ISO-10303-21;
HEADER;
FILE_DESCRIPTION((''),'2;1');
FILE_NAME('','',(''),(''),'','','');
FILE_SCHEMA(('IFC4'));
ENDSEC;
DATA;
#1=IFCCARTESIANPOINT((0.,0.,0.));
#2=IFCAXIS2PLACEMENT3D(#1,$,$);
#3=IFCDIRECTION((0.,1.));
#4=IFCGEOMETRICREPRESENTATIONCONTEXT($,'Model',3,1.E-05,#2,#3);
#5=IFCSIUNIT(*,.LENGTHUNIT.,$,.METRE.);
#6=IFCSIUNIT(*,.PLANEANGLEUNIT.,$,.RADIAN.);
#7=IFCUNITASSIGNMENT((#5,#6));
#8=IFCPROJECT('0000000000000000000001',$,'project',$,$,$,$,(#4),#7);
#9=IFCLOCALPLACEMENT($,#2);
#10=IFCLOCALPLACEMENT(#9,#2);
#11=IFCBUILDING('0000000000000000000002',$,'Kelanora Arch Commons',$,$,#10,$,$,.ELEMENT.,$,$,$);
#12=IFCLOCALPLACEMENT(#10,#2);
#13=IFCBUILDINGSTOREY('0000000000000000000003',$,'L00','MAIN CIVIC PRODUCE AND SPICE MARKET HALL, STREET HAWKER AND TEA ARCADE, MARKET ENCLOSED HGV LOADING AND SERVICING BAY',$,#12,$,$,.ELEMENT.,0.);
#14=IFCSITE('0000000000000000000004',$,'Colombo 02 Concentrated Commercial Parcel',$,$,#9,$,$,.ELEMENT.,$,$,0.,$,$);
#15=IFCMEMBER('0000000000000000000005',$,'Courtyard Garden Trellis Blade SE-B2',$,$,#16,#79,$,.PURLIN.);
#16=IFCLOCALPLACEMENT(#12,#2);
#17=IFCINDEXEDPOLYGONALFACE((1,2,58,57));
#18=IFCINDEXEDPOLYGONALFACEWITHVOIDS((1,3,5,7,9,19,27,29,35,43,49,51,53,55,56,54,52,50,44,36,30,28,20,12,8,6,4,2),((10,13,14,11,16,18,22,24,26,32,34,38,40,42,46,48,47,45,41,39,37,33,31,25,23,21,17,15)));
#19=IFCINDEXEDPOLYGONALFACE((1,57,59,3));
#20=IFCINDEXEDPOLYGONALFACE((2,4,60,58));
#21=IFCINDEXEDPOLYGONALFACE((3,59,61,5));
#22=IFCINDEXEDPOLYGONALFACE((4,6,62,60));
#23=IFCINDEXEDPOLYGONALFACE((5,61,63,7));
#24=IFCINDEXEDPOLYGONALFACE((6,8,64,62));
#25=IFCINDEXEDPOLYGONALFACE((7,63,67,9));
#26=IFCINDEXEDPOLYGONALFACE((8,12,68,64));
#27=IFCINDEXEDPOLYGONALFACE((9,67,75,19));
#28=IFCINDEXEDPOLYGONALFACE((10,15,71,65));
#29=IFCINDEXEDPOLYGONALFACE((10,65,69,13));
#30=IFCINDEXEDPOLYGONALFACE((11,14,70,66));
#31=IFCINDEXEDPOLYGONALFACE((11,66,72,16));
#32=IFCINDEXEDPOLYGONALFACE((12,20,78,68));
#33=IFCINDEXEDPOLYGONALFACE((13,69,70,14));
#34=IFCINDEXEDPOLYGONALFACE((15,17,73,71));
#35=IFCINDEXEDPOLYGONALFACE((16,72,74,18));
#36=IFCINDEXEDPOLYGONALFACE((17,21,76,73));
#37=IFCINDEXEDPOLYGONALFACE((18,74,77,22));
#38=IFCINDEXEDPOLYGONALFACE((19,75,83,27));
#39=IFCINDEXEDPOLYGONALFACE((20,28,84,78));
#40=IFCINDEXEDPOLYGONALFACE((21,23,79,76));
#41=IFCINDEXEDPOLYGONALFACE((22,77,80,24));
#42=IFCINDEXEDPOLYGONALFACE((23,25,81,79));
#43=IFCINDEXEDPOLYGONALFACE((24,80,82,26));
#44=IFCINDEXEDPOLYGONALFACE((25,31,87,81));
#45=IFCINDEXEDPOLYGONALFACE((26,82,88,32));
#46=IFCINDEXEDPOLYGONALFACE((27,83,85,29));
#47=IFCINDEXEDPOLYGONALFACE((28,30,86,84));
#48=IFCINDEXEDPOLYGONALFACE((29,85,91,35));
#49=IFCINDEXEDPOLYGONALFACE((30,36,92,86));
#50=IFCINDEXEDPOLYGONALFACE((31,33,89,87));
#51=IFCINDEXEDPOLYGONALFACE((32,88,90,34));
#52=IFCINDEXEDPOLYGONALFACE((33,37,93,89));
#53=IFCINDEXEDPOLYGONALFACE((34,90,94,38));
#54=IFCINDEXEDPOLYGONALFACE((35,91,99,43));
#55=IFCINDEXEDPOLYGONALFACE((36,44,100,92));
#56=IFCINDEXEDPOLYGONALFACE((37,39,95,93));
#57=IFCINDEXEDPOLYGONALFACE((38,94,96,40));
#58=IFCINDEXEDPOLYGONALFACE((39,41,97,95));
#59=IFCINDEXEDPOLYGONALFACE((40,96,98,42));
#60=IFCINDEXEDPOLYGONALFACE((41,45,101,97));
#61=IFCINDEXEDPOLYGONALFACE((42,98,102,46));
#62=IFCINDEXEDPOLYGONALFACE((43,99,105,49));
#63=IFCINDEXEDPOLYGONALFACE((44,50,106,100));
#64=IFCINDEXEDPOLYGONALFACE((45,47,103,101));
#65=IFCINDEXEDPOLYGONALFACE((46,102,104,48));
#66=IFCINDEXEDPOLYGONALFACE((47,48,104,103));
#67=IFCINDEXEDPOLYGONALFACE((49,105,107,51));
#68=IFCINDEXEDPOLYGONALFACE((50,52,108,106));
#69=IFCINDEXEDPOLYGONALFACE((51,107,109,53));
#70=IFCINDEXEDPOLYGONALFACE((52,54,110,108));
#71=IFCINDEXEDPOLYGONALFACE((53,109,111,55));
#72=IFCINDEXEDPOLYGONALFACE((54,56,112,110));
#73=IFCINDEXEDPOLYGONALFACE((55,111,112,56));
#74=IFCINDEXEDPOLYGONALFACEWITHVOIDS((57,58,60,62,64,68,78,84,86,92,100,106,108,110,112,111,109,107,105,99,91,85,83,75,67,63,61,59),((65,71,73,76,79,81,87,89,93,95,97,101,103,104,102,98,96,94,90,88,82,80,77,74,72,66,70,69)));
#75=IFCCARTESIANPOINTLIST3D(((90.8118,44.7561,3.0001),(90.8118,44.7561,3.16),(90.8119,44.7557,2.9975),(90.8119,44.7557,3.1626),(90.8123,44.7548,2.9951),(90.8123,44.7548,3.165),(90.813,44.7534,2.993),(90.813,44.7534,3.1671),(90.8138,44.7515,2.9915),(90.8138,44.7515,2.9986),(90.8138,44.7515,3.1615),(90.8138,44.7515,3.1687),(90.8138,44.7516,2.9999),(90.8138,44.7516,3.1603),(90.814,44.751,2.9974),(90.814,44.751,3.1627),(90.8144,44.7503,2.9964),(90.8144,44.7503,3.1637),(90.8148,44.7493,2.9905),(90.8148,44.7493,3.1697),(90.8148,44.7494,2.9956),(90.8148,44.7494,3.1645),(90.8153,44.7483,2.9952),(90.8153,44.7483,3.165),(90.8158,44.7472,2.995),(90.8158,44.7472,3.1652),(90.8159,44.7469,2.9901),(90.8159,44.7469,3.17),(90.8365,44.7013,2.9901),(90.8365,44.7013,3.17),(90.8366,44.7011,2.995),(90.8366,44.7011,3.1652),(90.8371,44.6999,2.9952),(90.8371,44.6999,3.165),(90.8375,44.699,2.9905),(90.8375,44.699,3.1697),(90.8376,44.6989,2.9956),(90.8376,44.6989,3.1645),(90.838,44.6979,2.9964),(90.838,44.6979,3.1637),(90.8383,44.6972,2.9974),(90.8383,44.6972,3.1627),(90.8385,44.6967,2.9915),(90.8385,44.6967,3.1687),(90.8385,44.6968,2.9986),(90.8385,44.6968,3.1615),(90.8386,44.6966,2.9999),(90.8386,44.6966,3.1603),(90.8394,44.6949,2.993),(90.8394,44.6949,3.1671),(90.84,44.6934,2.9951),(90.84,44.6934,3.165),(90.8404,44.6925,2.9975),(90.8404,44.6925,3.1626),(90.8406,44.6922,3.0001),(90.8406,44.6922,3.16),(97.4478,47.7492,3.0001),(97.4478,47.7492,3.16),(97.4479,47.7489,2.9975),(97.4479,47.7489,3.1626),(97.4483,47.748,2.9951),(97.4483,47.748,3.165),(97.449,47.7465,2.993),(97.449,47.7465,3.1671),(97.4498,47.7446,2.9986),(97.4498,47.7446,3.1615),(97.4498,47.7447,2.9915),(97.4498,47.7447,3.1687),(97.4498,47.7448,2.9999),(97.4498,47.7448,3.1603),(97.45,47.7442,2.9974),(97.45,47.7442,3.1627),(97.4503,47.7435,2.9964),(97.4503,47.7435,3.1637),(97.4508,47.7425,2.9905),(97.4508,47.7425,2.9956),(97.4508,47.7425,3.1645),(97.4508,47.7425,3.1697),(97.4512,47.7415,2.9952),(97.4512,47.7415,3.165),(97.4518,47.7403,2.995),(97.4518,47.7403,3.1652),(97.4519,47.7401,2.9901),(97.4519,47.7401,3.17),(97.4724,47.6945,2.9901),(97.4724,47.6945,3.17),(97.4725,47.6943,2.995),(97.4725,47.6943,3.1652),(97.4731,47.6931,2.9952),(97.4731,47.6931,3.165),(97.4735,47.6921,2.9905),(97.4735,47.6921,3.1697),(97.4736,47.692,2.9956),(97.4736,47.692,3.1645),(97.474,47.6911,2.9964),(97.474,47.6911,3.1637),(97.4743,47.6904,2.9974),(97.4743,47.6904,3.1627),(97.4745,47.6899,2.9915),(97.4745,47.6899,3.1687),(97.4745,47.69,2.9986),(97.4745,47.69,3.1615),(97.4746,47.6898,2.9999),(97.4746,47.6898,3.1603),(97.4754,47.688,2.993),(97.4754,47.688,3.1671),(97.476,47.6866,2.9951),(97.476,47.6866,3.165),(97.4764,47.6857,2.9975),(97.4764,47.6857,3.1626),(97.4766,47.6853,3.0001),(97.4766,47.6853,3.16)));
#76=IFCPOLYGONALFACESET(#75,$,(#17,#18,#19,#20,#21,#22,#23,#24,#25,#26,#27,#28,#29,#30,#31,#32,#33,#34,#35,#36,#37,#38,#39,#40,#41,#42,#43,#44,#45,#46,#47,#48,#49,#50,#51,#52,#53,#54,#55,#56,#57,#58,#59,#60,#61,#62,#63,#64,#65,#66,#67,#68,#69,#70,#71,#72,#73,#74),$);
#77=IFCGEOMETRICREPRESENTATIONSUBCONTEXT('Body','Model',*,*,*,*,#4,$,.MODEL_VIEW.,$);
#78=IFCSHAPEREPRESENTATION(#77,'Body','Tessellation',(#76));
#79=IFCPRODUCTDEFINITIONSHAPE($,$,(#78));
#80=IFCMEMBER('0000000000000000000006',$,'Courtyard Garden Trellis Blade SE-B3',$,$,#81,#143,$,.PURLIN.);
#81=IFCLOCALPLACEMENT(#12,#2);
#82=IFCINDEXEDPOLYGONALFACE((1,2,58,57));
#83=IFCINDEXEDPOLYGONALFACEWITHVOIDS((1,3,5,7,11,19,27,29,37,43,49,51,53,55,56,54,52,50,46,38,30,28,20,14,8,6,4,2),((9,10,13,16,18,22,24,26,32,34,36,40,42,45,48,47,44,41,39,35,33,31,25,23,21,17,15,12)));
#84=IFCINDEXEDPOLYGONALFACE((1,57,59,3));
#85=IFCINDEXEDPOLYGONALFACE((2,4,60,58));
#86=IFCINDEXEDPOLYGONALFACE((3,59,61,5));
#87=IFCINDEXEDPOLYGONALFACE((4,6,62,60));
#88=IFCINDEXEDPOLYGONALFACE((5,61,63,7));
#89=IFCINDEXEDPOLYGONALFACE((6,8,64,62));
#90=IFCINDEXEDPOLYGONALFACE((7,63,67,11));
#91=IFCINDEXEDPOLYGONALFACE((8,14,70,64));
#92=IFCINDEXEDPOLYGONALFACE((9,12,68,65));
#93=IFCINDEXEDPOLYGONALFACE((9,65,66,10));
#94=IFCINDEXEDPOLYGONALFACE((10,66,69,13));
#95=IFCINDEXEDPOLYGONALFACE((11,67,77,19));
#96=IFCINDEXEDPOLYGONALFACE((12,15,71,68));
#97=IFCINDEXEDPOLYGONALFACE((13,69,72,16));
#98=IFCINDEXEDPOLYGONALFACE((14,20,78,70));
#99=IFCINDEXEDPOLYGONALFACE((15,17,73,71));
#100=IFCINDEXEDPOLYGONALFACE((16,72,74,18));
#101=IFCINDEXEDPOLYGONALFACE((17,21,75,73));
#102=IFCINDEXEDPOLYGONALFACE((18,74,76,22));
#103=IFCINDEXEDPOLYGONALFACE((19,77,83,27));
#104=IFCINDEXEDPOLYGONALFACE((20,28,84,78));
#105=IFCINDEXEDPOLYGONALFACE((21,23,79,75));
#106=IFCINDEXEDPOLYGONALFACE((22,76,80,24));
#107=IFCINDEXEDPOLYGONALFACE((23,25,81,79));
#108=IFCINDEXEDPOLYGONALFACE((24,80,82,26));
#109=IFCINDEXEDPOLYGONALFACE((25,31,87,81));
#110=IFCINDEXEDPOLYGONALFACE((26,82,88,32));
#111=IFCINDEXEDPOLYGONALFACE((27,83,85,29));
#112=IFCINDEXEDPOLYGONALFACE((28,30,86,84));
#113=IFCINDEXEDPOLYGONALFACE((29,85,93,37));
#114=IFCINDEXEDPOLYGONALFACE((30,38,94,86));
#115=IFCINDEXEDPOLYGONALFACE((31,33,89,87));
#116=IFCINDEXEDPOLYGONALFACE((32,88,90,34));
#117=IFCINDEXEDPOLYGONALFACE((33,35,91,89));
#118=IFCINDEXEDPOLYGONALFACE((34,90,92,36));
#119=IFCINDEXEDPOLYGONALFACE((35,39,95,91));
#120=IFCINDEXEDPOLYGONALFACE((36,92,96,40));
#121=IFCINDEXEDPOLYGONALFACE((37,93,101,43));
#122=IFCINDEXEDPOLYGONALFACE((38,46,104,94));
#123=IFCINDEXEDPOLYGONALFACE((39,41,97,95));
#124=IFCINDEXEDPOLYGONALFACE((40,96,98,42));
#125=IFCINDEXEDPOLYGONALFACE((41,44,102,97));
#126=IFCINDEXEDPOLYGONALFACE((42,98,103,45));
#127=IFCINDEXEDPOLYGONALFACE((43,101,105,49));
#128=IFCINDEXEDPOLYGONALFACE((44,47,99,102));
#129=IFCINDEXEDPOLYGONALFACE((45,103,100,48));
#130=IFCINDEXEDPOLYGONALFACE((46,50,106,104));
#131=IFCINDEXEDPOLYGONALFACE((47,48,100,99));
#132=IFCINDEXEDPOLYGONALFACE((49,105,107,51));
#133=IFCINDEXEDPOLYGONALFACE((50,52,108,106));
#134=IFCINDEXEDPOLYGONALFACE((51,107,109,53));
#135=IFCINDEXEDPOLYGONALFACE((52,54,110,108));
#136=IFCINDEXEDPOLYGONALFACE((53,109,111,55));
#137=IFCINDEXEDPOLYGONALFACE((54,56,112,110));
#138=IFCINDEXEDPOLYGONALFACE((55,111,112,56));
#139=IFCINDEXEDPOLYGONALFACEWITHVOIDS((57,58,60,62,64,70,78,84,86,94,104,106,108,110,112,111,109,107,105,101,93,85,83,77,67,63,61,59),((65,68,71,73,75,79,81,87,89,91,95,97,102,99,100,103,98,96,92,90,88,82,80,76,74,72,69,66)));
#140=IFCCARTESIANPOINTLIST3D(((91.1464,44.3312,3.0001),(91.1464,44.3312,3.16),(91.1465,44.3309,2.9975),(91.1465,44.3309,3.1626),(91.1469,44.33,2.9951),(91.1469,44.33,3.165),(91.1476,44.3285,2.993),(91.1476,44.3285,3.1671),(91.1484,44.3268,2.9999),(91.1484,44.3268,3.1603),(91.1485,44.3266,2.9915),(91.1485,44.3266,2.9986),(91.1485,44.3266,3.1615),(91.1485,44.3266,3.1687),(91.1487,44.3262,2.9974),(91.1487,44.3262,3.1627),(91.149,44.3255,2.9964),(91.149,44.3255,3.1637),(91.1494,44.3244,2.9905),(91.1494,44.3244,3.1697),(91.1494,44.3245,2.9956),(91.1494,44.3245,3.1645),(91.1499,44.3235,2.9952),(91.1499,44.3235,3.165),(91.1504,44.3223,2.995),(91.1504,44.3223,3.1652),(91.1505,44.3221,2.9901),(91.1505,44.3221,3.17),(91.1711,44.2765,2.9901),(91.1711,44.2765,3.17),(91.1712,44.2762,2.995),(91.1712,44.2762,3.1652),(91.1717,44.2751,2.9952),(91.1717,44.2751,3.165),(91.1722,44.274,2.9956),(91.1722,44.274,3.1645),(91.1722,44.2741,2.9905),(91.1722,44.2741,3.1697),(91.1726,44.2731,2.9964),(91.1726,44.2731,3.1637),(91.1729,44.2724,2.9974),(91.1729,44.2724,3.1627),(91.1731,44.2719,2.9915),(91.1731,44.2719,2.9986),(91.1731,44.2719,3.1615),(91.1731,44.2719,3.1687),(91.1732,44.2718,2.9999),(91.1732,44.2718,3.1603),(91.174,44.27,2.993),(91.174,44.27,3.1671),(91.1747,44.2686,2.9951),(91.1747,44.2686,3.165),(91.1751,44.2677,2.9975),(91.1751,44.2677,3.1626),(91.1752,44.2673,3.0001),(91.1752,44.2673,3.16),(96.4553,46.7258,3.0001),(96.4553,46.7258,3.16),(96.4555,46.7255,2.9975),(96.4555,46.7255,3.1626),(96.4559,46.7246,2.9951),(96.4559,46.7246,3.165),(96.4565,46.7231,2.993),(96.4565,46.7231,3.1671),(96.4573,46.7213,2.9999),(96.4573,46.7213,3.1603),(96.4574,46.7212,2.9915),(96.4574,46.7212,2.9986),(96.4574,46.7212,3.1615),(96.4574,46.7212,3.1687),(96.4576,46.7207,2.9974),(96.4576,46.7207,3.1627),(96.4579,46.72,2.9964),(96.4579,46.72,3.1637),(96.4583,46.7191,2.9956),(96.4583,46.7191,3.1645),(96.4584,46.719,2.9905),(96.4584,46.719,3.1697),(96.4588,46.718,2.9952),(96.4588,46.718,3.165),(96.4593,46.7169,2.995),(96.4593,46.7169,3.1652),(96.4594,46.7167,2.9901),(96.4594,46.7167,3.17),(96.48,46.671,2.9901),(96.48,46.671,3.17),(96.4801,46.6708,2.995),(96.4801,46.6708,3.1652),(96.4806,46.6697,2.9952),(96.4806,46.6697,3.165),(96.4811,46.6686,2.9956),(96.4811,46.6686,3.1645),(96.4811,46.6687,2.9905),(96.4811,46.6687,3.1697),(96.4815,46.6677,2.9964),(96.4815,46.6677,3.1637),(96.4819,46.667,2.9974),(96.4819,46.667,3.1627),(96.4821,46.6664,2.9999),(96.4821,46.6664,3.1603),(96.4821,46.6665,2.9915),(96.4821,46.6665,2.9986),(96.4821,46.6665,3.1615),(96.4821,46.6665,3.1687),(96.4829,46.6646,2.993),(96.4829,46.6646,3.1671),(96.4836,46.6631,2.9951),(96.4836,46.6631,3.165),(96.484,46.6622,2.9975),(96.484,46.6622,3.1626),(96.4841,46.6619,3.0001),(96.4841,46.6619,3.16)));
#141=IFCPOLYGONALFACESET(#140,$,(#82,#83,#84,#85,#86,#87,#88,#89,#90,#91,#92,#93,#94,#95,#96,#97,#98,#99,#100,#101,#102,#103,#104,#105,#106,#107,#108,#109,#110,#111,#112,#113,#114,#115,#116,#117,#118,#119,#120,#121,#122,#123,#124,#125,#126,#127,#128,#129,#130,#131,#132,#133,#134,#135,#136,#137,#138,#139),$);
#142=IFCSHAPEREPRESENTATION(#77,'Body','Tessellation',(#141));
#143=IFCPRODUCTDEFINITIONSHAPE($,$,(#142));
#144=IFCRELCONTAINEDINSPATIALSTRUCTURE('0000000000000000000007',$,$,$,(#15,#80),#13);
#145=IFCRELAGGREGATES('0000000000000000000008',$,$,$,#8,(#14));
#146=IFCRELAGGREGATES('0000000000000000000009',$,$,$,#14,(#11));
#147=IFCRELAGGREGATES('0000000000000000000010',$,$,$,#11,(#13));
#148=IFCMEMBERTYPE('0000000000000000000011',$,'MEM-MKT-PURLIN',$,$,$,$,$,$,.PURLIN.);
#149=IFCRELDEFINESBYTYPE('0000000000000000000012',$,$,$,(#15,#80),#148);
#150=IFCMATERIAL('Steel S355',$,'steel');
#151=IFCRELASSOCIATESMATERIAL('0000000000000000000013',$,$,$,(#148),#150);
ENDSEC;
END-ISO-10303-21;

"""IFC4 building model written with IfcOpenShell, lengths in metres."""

from ifc_helpers import new_model, si_unit, direction, frame, origin, origin_2d, place, context, subcontext, project, spatial, hollow_rectangle, extrude, material, material_profile, profile_set, type_object, element, save


model = new_model("IFC4")

# Units and contexts
model_context = context("Model", 3, precision=1e-05, world=origin(), true_north=direction((0.0, 1.0)))
body_context = subcontext(model_context, "Body", "Model", "MODEL_VIEW")
ifc_project = project(units=[si_unit("LENGTHUNIT", "METRE"), si_unit("PLANEANGLEUNIT", "RADIAN")], contexts=[model_context])

# Site, building, storey
site_placement = place(None, origin())
site = spatial("IfcSite", under=ifc_project, at=site_placement, Name="Colombo 02 Concentrated Commercial Parcel", CompositionType="ELEMENT", RefElevation=0.0)
building_placement = place(site_placement, origin())
building = spatial("IfcBuilding", under=site, at=building_placement, Name="Kelanora Arch Commons", CompositionType="ELEMENT")
storey_placement = place(building_placement, origin())
storey = spatial("IfcBuildingStorey", under=building, at=storey_placement, Name="L00", Description="MAIN CIVIC PRODUCE AND SPICE MARKET HALL, STREET HAWKER AND TEA ARCADE, MARKET ENCLOSED HGV LOADING AND SERVICING BAY", CompositionType="ELEMENT", Elevation=0.0)

# Shared definitions
ifc_material_1 = material(Name="Steel S355", Category="steel")

# Members
ifc_material_profile_1 = material_profile(ifc_material_1, hollow_rectangle(XDim=0.0701, YDim=0.1799, WallThickness=0.0049, InnerFilletRadius=0.0049, OuterFilletRadius=0.01, at=origin_2d()), Name="RHS180x70x5")
ifc_profile_set_1 = profile_set([ifc_material_profile_1], Name="Steel S355")
member_type_1 = type_object("IfcMemberType", Name="MEM-MKT-PURLIN", PredefinedType="PURLIN", material=ifc_profile_set_1)
member_1_placement = place(storey_placement, frame((97.4622, 47.7173, 3.0801), z_axis=(-0.911563, -0.411161, 0.0), x_axis=(0.411161, -0.911563, 0.0)))
element("IfcMember", 1, at=member_1_placement, inside=storey, type_object=member_type_1, Name="Courtyard Garden Trellis Blade SE-B2", PredefinedType="PURLIN", context=body_context, shape_type="SweptSolid", body=[
    extrude(hollow_rectangle(XDim=0.0701, YDim=0.1799, WallThickness=0.0049, InnerFilletRadius=0.0049, OuterFilletRadius=0.01, at=origin_2d()), origin(), (0.0, 0.0, 1.0), 7.2798),
])
member_2_placement = place(storey_placement, frame((96.4697, 46.6938, 3.0801), z_axis=(-0.911564, -0.411158, 0.0), x_axis=(0.411158, -0.911564, 0.0)))
element("IfcMember", 2, at=member_2_placement, inside=storey, type_object=member_type_1, Name="Courtyard Garden Trellis Blade SE-B3", PredefinedType="PURLIN", context=body_context, shape_type="SweptSolid", body=[
    extrude(hollow_rectangle(XDim=0.0701, YDim=0.1799, WallThickness=0.0049, InnerFilletRadius=0.0049, OuterFilletRadius=0.01, at=origin_2d()), origin(), (0.0, 0.0, 1.0), 5.824),
])

save(model, "model.ifc")
